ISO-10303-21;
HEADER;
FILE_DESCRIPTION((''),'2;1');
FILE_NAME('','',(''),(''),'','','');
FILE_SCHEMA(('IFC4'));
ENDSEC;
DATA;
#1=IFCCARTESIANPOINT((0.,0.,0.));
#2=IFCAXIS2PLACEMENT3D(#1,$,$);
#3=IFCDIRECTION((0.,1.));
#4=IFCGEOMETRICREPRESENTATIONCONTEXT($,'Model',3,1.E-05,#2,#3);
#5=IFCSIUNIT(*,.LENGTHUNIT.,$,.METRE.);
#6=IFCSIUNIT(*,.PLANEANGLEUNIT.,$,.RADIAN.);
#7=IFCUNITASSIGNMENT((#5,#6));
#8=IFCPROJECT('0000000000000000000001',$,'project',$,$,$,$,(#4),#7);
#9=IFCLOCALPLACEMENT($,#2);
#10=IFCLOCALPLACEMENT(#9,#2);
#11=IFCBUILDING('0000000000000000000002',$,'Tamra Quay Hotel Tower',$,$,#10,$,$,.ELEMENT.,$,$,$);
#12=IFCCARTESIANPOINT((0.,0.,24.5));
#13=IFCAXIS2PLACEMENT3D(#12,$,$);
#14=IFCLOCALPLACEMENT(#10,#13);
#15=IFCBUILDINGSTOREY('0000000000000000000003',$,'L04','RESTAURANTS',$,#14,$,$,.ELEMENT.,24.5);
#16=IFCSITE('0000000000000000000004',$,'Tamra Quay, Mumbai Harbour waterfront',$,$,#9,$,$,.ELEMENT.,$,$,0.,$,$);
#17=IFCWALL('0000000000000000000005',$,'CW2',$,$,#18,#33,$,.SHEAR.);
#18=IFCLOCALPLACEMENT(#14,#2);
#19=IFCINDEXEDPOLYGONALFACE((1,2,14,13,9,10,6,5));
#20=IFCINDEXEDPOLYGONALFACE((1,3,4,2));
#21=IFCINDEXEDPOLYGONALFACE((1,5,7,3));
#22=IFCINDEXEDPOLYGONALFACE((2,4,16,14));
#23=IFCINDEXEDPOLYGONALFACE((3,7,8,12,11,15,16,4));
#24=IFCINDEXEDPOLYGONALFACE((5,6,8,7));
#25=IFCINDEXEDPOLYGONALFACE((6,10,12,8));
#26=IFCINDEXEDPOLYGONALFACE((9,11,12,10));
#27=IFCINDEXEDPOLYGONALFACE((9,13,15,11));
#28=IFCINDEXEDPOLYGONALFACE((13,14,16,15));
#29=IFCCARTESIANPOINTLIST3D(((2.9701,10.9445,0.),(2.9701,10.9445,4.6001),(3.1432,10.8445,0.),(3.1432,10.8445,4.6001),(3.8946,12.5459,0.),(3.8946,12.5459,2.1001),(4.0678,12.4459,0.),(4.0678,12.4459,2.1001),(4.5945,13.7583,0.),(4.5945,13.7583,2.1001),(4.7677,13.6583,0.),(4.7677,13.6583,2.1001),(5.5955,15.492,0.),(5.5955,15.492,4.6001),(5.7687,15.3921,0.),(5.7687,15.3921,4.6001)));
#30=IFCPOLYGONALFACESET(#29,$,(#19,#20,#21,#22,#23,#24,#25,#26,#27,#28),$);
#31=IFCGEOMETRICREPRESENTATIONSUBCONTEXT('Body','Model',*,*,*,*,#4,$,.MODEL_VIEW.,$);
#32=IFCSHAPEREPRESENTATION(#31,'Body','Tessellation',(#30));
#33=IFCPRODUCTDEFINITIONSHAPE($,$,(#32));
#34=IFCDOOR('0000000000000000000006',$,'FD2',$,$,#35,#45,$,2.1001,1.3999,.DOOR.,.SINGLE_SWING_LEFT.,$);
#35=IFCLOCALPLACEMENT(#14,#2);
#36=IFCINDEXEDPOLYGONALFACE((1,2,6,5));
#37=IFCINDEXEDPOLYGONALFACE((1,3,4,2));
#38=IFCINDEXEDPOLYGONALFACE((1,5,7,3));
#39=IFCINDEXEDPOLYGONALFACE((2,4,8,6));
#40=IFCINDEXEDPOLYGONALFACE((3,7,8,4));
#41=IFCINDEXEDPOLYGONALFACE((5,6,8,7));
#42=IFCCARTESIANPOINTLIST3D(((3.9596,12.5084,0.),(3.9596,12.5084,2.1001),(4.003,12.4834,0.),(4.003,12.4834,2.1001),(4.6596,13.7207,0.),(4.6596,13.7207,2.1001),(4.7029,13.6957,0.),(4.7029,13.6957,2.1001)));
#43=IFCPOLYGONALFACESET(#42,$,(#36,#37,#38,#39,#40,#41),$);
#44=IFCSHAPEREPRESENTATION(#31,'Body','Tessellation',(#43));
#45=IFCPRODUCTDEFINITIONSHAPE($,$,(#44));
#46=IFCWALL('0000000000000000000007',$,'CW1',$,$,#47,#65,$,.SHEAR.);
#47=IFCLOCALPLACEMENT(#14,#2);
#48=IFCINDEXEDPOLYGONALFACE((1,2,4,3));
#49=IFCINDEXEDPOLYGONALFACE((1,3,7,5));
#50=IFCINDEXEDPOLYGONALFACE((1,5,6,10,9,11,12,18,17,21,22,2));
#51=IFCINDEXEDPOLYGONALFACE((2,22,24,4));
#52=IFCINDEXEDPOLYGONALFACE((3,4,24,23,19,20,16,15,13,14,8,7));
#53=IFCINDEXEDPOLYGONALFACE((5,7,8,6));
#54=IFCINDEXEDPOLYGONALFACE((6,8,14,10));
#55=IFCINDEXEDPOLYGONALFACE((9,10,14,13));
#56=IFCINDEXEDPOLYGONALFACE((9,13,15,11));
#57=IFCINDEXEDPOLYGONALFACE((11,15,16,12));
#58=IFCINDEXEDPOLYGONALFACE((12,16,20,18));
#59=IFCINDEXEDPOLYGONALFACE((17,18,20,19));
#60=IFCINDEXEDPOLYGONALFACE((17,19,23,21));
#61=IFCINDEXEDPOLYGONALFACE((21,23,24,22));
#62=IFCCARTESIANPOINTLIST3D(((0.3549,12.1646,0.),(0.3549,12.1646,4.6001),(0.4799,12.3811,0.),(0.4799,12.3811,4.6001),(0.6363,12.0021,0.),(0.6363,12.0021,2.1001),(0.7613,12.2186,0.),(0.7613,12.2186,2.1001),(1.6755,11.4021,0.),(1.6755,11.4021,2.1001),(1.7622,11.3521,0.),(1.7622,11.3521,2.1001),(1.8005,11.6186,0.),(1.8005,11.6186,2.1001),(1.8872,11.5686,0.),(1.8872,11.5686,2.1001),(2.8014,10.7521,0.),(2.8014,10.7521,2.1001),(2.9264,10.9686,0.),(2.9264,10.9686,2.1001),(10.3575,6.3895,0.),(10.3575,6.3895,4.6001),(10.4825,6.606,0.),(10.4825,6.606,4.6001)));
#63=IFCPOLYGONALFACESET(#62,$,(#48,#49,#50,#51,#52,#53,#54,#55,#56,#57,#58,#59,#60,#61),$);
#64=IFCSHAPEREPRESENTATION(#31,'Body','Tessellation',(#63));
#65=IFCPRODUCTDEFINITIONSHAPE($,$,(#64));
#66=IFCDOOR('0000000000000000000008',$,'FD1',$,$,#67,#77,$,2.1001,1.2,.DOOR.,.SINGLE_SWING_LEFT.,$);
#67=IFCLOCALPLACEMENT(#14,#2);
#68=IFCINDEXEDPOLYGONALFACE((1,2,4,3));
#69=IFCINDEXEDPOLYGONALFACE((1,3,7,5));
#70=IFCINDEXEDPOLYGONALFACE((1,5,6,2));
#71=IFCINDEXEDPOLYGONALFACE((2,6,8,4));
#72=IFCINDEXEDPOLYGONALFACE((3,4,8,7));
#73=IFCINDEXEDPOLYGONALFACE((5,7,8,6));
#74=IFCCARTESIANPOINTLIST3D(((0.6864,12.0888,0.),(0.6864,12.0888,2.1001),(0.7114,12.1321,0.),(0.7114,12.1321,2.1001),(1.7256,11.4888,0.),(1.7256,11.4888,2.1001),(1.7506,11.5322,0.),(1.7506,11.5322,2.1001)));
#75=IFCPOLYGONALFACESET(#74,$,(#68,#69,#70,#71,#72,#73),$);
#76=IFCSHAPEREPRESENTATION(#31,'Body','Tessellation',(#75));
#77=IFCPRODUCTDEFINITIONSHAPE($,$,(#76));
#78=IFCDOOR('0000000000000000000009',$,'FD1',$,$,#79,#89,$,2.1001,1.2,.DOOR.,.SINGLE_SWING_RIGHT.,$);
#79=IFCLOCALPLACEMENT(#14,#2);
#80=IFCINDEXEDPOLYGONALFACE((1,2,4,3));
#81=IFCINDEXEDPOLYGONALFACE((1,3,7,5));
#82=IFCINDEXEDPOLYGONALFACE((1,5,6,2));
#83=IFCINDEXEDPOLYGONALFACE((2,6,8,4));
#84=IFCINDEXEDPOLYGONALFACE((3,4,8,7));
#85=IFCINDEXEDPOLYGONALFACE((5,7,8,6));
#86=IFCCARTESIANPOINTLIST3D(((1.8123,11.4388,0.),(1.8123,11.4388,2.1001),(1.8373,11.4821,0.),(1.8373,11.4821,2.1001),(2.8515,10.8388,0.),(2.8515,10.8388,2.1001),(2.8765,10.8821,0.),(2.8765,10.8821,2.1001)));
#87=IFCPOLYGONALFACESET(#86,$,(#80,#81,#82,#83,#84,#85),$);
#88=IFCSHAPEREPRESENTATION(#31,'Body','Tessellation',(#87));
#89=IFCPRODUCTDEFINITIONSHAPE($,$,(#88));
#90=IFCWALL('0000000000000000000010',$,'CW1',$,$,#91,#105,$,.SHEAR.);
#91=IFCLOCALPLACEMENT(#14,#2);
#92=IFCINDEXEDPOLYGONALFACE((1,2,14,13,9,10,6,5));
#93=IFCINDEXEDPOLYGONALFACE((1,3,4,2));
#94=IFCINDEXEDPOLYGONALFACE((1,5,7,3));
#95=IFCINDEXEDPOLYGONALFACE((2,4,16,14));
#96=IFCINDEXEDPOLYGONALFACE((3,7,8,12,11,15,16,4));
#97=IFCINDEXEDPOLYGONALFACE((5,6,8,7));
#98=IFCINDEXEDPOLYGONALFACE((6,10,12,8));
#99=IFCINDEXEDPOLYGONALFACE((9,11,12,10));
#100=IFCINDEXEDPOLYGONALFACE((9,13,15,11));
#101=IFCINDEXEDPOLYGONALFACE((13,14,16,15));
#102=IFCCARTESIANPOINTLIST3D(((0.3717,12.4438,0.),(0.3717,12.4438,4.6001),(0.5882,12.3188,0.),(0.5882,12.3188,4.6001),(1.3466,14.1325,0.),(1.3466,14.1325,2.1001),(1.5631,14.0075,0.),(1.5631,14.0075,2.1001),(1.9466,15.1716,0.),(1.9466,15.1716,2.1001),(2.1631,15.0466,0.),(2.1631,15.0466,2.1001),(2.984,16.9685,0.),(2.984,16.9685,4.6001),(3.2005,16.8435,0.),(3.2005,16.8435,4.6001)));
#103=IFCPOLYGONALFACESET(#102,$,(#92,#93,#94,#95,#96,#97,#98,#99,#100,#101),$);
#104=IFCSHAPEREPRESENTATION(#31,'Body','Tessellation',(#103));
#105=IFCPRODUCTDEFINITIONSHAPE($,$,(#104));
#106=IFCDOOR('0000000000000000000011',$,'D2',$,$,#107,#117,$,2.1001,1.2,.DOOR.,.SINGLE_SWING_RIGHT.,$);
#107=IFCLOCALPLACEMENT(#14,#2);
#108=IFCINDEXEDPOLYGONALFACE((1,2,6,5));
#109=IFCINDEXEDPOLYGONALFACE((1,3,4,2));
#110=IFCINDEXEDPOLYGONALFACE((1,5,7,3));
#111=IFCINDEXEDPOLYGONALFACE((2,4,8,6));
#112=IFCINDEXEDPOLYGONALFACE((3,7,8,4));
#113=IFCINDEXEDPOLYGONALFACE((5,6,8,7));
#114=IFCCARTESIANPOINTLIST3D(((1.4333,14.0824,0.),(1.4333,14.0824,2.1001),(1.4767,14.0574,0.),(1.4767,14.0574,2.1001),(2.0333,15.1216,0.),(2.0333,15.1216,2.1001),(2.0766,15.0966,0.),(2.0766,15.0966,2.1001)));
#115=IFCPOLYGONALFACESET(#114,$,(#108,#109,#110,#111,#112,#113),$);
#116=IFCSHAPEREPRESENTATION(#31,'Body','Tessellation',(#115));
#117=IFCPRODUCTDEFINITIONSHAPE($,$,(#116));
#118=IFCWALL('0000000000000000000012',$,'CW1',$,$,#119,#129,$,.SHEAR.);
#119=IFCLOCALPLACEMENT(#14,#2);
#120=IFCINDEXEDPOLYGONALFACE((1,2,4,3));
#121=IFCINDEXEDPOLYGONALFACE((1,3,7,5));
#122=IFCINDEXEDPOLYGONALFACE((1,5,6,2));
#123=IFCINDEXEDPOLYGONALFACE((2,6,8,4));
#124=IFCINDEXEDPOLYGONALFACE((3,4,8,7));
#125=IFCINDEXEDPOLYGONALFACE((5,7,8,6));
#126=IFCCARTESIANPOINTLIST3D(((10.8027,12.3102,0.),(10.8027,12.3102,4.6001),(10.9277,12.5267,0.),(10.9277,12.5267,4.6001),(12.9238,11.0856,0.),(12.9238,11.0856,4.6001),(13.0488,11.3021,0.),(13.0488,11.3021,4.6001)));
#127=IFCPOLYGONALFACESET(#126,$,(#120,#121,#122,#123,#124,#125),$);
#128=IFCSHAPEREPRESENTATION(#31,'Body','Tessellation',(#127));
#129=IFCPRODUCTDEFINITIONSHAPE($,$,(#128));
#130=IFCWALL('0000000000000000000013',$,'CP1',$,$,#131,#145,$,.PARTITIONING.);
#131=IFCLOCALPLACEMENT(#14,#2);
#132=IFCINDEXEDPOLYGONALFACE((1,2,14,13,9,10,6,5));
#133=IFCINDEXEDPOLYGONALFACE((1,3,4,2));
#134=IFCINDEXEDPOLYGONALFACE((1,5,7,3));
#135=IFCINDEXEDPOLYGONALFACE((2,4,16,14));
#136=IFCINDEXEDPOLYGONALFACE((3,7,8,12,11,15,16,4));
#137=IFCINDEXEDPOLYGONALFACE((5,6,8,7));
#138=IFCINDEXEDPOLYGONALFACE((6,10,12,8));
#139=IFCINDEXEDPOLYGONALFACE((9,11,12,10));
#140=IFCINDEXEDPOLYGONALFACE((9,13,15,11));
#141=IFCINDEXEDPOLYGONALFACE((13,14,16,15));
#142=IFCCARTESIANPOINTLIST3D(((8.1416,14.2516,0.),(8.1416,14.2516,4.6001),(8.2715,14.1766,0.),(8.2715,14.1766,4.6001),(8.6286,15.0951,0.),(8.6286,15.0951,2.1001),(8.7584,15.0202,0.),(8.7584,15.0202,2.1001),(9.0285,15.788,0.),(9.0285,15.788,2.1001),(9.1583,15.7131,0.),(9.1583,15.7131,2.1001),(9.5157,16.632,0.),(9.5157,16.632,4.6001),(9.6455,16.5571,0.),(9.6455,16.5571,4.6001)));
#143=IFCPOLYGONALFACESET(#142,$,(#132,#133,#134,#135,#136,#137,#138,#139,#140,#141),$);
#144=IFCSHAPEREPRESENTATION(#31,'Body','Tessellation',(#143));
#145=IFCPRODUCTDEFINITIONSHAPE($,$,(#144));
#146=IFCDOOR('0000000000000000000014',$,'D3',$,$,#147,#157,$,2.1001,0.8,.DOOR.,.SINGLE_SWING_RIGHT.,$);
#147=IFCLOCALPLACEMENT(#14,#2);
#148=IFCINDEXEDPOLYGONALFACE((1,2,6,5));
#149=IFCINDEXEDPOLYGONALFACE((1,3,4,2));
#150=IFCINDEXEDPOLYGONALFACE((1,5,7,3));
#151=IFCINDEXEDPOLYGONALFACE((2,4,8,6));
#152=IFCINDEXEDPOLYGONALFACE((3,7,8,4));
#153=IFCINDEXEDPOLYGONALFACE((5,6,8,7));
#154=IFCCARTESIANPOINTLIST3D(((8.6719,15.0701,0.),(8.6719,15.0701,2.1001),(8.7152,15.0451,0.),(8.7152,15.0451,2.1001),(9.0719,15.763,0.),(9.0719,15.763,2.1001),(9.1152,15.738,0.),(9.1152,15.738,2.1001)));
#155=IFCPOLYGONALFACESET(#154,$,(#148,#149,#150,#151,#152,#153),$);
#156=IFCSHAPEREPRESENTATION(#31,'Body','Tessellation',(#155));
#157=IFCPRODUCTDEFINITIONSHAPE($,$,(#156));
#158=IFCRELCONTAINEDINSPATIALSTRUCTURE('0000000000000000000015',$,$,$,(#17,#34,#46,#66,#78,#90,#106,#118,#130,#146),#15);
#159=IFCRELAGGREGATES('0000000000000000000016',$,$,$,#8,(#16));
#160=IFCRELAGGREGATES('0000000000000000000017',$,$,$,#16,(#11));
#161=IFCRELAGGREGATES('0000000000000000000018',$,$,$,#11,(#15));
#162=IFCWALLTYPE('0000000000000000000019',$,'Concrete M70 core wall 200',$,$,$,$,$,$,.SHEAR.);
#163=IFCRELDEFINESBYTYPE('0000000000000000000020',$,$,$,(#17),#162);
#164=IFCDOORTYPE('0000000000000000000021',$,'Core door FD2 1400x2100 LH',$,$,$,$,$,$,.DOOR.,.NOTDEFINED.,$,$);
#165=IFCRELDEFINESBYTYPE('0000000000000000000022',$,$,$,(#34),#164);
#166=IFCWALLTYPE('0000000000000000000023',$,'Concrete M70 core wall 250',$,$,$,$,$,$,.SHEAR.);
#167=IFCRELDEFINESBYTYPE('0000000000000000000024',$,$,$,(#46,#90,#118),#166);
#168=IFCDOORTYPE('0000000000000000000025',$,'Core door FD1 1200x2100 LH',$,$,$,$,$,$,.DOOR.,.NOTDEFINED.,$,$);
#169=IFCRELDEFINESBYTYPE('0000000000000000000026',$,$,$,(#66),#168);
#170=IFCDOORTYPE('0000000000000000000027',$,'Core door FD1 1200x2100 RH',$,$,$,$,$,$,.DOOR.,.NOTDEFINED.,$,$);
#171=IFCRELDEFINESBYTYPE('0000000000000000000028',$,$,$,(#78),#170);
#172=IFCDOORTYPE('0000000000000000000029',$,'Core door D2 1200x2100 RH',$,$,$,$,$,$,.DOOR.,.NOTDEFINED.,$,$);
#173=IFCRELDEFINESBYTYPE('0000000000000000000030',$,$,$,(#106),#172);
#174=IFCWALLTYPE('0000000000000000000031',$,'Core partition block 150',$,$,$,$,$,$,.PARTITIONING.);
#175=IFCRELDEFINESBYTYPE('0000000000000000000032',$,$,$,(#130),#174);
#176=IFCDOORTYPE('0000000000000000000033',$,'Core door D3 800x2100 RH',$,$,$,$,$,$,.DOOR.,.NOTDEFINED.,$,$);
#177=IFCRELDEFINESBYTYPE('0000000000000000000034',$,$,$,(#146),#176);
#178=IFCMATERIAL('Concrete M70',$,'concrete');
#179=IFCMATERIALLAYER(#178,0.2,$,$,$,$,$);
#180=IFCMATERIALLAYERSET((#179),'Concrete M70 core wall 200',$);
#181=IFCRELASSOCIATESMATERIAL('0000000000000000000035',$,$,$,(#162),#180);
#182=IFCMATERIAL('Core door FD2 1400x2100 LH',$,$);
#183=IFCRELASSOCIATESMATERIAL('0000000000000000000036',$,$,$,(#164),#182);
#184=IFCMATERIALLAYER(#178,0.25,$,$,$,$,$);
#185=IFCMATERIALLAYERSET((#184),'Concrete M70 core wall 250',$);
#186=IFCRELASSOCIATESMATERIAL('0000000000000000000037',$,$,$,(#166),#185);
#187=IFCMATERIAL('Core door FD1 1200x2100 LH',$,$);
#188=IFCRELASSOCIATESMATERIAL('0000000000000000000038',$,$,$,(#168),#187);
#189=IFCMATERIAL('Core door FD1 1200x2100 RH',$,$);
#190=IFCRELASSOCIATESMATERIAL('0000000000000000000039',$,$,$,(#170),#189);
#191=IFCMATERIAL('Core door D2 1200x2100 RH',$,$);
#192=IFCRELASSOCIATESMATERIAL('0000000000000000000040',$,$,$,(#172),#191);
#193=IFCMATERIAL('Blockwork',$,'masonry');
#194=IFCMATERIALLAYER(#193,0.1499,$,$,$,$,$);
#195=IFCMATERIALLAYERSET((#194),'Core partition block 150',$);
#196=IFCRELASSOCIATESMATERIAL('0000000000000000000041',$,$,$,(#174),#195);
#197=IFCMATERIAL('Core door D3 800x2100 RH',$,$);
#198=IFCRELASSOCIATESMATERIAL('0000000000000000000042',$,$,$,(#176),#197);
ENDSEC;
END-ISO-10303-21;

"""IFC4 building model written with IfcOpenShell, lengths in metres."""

from ifc_helpers import new_model, si_unit, direction, frame, frame_2d, origin, place, context, subcontext, project, spatial, rectangle, extrude, material, layer, layer_set, type_object, element, fill, save


model = new_model("IFC4")

# Units and contexts
model_context = context("Model", 3, precision=1e-05, world=origin(), true_north=direction((0.0, 1.0)))
body_context = subcontext(model_context, "Body", "Model", "MODEL_VIEW")
ifc_project = project(units=[si_unit("LENGTHUNIT", "METRE"), si_unit("PLANEANGLEUNIT", "RADIAN")], contexts=[model_context])

# Site, building, storey
site_placement = place(None, origin())
site = spatial("IfcSite", under=ifc_project, at=site_placement, Name="Tamra Quay, Mumbai Harbour waterfront", CompositionType="ELEMENT", RefElevation=0.0)
building_placement = place(site_placement, origin())
building = spatial("IfcBuilding", under=site, at=building_placement, Name="Tamra Quay Hotel Tower", CompositionType="ELEMENT")
storey_placement = place(building_placement, frame((0.0, 0.0, 24.5)))
storey = spatial("IfcBuildingStorey", under=building, at=storey_placement, Name="L04", Description="RESTAURANTS", CompositionType="ELEMENT", Elevation=24.5)

# Shared definitions
ifc_material_1 = material(Name="Concrete M70", Category="concrete")

# Wall, opening, door
ifc_layer_1 = layer(ifc_material_1, 0.2)
ifc_layer_set_1 = layer_set([ifc_layer_1], Name="Concrete M70 core wall 200")
wall_type_1 = type_object("IfcWallType", Name="Concrete M70 core wall 200", PredefinedType="SHEAR", material=ifc_layer_set_1)
wall_1_placement = place(storey_placement, frame((3.0566, 10.8945, 0.0), z_axis=(0.0, 0.0, 1.0), x_axis=(0.499989, 0.866032, 0.0)))
wall_1 = element("IfcWall", 1, at=wall_1_placement, inside=storey, type_object=wall_type_1, Name="CW2", PredefinedType="SHEAR", context=body_context, shape_type="SweptSolid", body=[
    extrude(rectangle(XDim=5.251, YDim=0.2, at=frame_2d((2.6255, 0.0))), origin(), (0.0, 0.0, 1.0), 4.6001),
])
opening_1_placement = place(wall_1_placement, frame((1.8491, 0.0, 0.0)))
opening_1 = element("IfcOpeningElement", 2, at=opening_1_placement, cuts=wall_1, PredefinedType="OPENING", context=body_context, shape_type="SweptSolid", body=[
    extrude(rectangle(XDim=1.3999, YDim=2.1001, at=frame_2d((0.7, 1.05))), frame((0.0, 0.1099, 0.0), z_axis=(0.0, -1.0, 0.0), x_axis=(1.0, 0.0, 0.0)), (0.0, 0.0, 1.0), 0.22),
])
ifc_material_2 = material(Name="Core door FD2 1400x2100 LH")
door_type_1 = type_object("IfcDoorType", Name="Core door FD2 1400x2100 LH", OperationType="NOTDEFINED", PredefinedType="DOOR", material=ifc_material_2)
door_1_placement = place(opening_1_placement, origin())
door_1 = element("IfcDoor", 3, at=door_1_placement, inside=storey, type_object=door_type_1, Name="FD2", OperationType="SINGLE_SWING_LEFT", OverallHeight=2.1001, OverallWidth=1.3999, PredefinedType="DOOR", context=body_context, shape_type="SweptSolid", body=[
    extrude(rectangle(XDim=1.3999, YDim=2.1001, at=frame_2d((0.7, 1.05))), frame((0.0, 0.0249, 0.0), z_axis=(0.0, -1.0, 0.0), x_axis=(1.0, 0.0, 0.0)), (0.0, 0.0, 1.0), 0.05),
])
fill(opening_1, door_1)

# Wall, openings, doors
ifc_layer_2 = layer(ifc_material_1, 0.25)
ifc_layer_set_2 = layer_set([ifc_layer_2], Name="Concrete M70 core wall 250")
wall_type_2 = type_object("IfcWallType", Name="Concrete M70 core wall 250", PredefinedType="SHEAR", material=ifc_layer_set_2)
wall_2_placement = place(storey_placement, frame((10.4199, 6.4978, 0.0), z_axis=(0.0, 0.0, 1.0), x_axis=(-0.866022, 0.500006, 0.0)))
wall_2 = element("IfcWall", 4, at=wall_2_placement, inside=storey, type_object=wall_type_2, Name="CW1", PredefinedType="SHEAR", context=body_context, shape_type="SweptSolid", body=[
    extrude(rectangle(XDim=11.55, YDim=0.25, at=frame_2d((5.7749, 0.0))), origin(), (0.0, 0.0, 1.0), 4.6001),
])
opening_2_placement = place(wall_2_placement, frame((10.0249, 0.0, 0.0)))
opening_2 = element("IfcOpeningElement", 5, at=opening_2_placement, cuts=wall_2, PredefinedType="OPENING", context=body_context, shape_type="SweptSolid", body=[
    extrude(rectangle(XDim=1.2, YDim=2.1001, at=frame_2d((0.6001, 1.05))), frame((0.0, 0.135, 0.0), z_axis=(0.0, -1.0, 0.0), x_axis=(1.0, 0.0, 0.0)), (0.0, 0.0, 1.0), 0.27),
])
opening_3_placement = place(wall_2_placement, frame((8.7249, 0.0, 0.0)))
opening_3 = element("IfcOpeningElement", 6, at=opening_3_placement, cuts=wall_2, PredefinedType="OPENING", context=body_context, shape_type="SweptSolid", body=[
    extrude(rectangle(XDim=1.2, YDim=2.1001, at=frame_2d((0.6001, 1.05))), frame((0.0, 0.135, 0.0), z_axis=(0.0, -1.0, 0.0), x_axis=(1.0, 0.0, 0.0)), (0.0, 0.0, 1.0), 0.27),
])
ifc_material_3 = material(Name="Core door FD1 1200x2100 LH")
door_type_2 = type_object("IfcDoorType", Name="Core door FD1 1200x2100 LH", OperationType="NOTDEFINED", PredefinedType="DOOR", material=ifc_material_3)
door_2_placement = place(opening_2_placement, origin())
door_2 = element("IfcDoor", 7, at=door_2_placement, inside=storey, type_object=door_type_2, Name="FD1", OperationType="SINGLE_SWING_LEFT", OverallHeight=2.1001, OverallWidth=1.2, PredefinedType="DOOR", context=body_context, shape_type="SweptSolid", body=[
    extrude(rectangle(XDim=1.2, YDim=2.1001, at=frame_2d((0.6001, 1.05))), frame((0.0, 0.0249, 0.0), z_axis=(0.0, -1.0, 0.0), x_axis=(1.0, 0.0, 0.0)), (0.0, 0.0, 1.0), 0.05),
])
fill(opening_2, door_2)
ifc_material_4 = material(Name="Core door FD1 1200x2100 RH")
door_type_3 = type_object("IfcDoorType", Name="Core door FD1 1200x2100 RH", OperationType="NOTDEFINED", PredefinedType="DOOR", material=ifc_material_4)
door_3_placement = place(opening_3_placement, origin())
door_3 = element("IfcDoor", 8, at=door_3_placement, inside=storey, type_object=door_type_3, Name="FD1", OperationType="SINGLE_SWING_RIGHT", OverallHeight=2.1001, OverallWidth=1.2, PredefinedType="DOOR", context=body_context, shape_type="SweptSolid", body=[
    extrude(rectangle(XDim=1.2, YDim=2.1001, at=frame_2d((0.6001, 1.05))), frame((0.0, 0.0249, 0.0), z_axis=(0.0, -1.0, 0.0), x_axis=(1.0, 0.0, 0.0)), (0.0, 0.0, 1.0), 0.05),
])
fill(opening_3, door_3)

# Wall, opening, door
wall_3_placement = place(storey_placement, frame((0.48, 12.3813, 0.0), z_axis=(0.0, 0.0, 1.0), x_axis=(0.499999, 0.866026, 0.0)))
wall_3 = element("IfcWall", 9, at=wall_3_placement, inside=storey, type_object=wall_type_2, Name="CW1", PredefinedType="SHEAR", context=body_context, shape_type="SweptSolid", body=[
    extrude(rectangle(XDim=5.2246, YDim=0.25, at=frame_2d((2.6123, 0.0))), origin(), (0.0, 0.0, 1.0), 4.6001),
])
opening_4_placement = place(wall_3_placement, frame((1.9497, 0.0, 0.0)))
opening_4 = element("IfcOpeningElement", 10, at=opening_4_placement, cuts=wall_3, PredefinedType="OPENING", context=body_context, shape_type="SweptSolid", body=[
    extrude(rectangle(XDim=1.2, YDim=2.1001, at=frame_2d((0.6001, 1.05))), frame((0.0, 0.135, 0.0), z_axis=(0.0, -1.0, 0.0), x_axis=(1.0, 0.0, 0.0)), (0.0, 0.0, 1.0), 0.27),
])
ifc_material_5 = material(Name="Core door D2 1200x2100 RH")
door_type_4 = type_object("IfcDoorType", Name="Core door D2 1200x2100 RH", OperationType="NOTDEFINED", PredefinedType="DOOR", material=ifc_material_5)
door_4_placement = place(opening_4_placement, origin())
door_4 = element("IfcDoor", 11, at=door_4_placement, inside=storey, type_object=door_type_4, Name="D2", OperationType="SINGLE_SWING_RIGHT", OverallHeight=2.1001, OverallWidth=1.2, PredefinedType="DOOR", context=body_context, shape_type="SweptSolid", body=[
    extrude(rectangle(XDim=1.2, YDim=2.1001, at=frame_2d((0.6001, 1.05))), frame((0.0, 0.0249, 0.0), z_axis=(0.0, -1.0, 0.0), x_axis=(1.0, 0.0, 0.0)), (0.0, 0.0, 1.0), 0.05),
])
fill(opening_4, door_4)

# Wall
wall_4_placement = place(storey_placement, frame((10.8652, 12.4185, 0.0), z_axis=(0.0, 0.0, 1.0), x_axis=(0.866026, -0.499999, 0.0)))
element("IfcWall", 12, at=wall_4_placement, inside=storey, type_object=wall_type_2, Name="CW1", PredefinedType="SHEAR", context=body_context, shape_type="SweptSolid", body=[
    extrude(rectangle(XDim=2.4492, YDim=0.25, at=frame_2d((1.2246, 0.0))), origin(), (0.0, 0.0, 1.0), 4.6001),
])

# Wall, opening, door
ifc_material_6 = material(Name="Blockwork", Category="masonry")
ifc_layer_3 = layer(ifc_material_6, 0.1499)
ifc_layer_set_3 = layer_set([ifc_layer_3], Name="Core partition block 150")
wall_type_3 = type_object("IfcWallType", Name="Core partition block 150", PredefinedType="PARTITIONING", material=ifc_layer_set_3)
wall_5_placement = place(storey_placement, frame((8.2065, 14.2141, 0.0), z_axis=(0.0, 0.0, 1.0), x_axis=(0.499922, 0.86607, 0.0)))
wall_5 = element("IfcWall", 13, at=wall_5_placement, inside=storey, type_object=wall_type_3, Name="CP1", PredefinedType="PARTITIONING", context=body_context, shape_type="SweptSolid", body=[
    extrude(rectangle(XDim=2.7485, YDim=0.1499, at=frame_2d((1.3743, 0.0))), origin(), (0.0, 0.0, 1.0), 4.6001),
])
opening_5_placement = place(wall_5_placement, frame((0.9741, 0.0, 0.0)))
opening_5 = element("IfcOpeningElement", 14, at=opening_5_placement, cuts=wall_5, PredefinedType="OPENING", context=body_context, shape_type="SweptSolid", body=[
    extrude(rectangle(XDim=0.8, YDim=2.1001, at=frame_2d((0.3999, 1.05))), frame((0.0, 0.085, 0.0), z_axis=(0.0, -1.0, 0.0), x_axis=(1.0, 0.0, 0.0)), (0.0, 0.0, 1.0), 0.1699),
])
ifc_material_7 = material(Name="Core door D3 800x2100 RH")
door_type_5 = type_object("IfcDoorType", Name="Core door D3 800x2100 RH", OperationType="NOTDEFINED", PredefinedType="DOOR", material=ifc_material_7)
door_5_placement = place(opening_5_placement, origin())
door_5 = element("IfcDoor", 15, at=door_5_placement, inside=storey, type_object=door_type_5, Name="D3", OperationType="SINGLE_SWING_RIGHT", OverallHeight=2.1001, OverallWidth=0.8, PredefinedType="DOOR", context=body_context, shape_type="SweptSolid", body=[
    extrude(rectangle(XDim=0.8, YDim=2.1001, at=frame_2d((0.3999, 1.05))), frame((0.0, 0.0249, 0.0), z_axis=(0.0, -1.0, 0.0), x_axis=(1.0, 0.0, 0.0)), (0.0, 0.0, 1.0), 0.05),
])
fill(opening_5, door_5)

save(model, "model.ifc")
